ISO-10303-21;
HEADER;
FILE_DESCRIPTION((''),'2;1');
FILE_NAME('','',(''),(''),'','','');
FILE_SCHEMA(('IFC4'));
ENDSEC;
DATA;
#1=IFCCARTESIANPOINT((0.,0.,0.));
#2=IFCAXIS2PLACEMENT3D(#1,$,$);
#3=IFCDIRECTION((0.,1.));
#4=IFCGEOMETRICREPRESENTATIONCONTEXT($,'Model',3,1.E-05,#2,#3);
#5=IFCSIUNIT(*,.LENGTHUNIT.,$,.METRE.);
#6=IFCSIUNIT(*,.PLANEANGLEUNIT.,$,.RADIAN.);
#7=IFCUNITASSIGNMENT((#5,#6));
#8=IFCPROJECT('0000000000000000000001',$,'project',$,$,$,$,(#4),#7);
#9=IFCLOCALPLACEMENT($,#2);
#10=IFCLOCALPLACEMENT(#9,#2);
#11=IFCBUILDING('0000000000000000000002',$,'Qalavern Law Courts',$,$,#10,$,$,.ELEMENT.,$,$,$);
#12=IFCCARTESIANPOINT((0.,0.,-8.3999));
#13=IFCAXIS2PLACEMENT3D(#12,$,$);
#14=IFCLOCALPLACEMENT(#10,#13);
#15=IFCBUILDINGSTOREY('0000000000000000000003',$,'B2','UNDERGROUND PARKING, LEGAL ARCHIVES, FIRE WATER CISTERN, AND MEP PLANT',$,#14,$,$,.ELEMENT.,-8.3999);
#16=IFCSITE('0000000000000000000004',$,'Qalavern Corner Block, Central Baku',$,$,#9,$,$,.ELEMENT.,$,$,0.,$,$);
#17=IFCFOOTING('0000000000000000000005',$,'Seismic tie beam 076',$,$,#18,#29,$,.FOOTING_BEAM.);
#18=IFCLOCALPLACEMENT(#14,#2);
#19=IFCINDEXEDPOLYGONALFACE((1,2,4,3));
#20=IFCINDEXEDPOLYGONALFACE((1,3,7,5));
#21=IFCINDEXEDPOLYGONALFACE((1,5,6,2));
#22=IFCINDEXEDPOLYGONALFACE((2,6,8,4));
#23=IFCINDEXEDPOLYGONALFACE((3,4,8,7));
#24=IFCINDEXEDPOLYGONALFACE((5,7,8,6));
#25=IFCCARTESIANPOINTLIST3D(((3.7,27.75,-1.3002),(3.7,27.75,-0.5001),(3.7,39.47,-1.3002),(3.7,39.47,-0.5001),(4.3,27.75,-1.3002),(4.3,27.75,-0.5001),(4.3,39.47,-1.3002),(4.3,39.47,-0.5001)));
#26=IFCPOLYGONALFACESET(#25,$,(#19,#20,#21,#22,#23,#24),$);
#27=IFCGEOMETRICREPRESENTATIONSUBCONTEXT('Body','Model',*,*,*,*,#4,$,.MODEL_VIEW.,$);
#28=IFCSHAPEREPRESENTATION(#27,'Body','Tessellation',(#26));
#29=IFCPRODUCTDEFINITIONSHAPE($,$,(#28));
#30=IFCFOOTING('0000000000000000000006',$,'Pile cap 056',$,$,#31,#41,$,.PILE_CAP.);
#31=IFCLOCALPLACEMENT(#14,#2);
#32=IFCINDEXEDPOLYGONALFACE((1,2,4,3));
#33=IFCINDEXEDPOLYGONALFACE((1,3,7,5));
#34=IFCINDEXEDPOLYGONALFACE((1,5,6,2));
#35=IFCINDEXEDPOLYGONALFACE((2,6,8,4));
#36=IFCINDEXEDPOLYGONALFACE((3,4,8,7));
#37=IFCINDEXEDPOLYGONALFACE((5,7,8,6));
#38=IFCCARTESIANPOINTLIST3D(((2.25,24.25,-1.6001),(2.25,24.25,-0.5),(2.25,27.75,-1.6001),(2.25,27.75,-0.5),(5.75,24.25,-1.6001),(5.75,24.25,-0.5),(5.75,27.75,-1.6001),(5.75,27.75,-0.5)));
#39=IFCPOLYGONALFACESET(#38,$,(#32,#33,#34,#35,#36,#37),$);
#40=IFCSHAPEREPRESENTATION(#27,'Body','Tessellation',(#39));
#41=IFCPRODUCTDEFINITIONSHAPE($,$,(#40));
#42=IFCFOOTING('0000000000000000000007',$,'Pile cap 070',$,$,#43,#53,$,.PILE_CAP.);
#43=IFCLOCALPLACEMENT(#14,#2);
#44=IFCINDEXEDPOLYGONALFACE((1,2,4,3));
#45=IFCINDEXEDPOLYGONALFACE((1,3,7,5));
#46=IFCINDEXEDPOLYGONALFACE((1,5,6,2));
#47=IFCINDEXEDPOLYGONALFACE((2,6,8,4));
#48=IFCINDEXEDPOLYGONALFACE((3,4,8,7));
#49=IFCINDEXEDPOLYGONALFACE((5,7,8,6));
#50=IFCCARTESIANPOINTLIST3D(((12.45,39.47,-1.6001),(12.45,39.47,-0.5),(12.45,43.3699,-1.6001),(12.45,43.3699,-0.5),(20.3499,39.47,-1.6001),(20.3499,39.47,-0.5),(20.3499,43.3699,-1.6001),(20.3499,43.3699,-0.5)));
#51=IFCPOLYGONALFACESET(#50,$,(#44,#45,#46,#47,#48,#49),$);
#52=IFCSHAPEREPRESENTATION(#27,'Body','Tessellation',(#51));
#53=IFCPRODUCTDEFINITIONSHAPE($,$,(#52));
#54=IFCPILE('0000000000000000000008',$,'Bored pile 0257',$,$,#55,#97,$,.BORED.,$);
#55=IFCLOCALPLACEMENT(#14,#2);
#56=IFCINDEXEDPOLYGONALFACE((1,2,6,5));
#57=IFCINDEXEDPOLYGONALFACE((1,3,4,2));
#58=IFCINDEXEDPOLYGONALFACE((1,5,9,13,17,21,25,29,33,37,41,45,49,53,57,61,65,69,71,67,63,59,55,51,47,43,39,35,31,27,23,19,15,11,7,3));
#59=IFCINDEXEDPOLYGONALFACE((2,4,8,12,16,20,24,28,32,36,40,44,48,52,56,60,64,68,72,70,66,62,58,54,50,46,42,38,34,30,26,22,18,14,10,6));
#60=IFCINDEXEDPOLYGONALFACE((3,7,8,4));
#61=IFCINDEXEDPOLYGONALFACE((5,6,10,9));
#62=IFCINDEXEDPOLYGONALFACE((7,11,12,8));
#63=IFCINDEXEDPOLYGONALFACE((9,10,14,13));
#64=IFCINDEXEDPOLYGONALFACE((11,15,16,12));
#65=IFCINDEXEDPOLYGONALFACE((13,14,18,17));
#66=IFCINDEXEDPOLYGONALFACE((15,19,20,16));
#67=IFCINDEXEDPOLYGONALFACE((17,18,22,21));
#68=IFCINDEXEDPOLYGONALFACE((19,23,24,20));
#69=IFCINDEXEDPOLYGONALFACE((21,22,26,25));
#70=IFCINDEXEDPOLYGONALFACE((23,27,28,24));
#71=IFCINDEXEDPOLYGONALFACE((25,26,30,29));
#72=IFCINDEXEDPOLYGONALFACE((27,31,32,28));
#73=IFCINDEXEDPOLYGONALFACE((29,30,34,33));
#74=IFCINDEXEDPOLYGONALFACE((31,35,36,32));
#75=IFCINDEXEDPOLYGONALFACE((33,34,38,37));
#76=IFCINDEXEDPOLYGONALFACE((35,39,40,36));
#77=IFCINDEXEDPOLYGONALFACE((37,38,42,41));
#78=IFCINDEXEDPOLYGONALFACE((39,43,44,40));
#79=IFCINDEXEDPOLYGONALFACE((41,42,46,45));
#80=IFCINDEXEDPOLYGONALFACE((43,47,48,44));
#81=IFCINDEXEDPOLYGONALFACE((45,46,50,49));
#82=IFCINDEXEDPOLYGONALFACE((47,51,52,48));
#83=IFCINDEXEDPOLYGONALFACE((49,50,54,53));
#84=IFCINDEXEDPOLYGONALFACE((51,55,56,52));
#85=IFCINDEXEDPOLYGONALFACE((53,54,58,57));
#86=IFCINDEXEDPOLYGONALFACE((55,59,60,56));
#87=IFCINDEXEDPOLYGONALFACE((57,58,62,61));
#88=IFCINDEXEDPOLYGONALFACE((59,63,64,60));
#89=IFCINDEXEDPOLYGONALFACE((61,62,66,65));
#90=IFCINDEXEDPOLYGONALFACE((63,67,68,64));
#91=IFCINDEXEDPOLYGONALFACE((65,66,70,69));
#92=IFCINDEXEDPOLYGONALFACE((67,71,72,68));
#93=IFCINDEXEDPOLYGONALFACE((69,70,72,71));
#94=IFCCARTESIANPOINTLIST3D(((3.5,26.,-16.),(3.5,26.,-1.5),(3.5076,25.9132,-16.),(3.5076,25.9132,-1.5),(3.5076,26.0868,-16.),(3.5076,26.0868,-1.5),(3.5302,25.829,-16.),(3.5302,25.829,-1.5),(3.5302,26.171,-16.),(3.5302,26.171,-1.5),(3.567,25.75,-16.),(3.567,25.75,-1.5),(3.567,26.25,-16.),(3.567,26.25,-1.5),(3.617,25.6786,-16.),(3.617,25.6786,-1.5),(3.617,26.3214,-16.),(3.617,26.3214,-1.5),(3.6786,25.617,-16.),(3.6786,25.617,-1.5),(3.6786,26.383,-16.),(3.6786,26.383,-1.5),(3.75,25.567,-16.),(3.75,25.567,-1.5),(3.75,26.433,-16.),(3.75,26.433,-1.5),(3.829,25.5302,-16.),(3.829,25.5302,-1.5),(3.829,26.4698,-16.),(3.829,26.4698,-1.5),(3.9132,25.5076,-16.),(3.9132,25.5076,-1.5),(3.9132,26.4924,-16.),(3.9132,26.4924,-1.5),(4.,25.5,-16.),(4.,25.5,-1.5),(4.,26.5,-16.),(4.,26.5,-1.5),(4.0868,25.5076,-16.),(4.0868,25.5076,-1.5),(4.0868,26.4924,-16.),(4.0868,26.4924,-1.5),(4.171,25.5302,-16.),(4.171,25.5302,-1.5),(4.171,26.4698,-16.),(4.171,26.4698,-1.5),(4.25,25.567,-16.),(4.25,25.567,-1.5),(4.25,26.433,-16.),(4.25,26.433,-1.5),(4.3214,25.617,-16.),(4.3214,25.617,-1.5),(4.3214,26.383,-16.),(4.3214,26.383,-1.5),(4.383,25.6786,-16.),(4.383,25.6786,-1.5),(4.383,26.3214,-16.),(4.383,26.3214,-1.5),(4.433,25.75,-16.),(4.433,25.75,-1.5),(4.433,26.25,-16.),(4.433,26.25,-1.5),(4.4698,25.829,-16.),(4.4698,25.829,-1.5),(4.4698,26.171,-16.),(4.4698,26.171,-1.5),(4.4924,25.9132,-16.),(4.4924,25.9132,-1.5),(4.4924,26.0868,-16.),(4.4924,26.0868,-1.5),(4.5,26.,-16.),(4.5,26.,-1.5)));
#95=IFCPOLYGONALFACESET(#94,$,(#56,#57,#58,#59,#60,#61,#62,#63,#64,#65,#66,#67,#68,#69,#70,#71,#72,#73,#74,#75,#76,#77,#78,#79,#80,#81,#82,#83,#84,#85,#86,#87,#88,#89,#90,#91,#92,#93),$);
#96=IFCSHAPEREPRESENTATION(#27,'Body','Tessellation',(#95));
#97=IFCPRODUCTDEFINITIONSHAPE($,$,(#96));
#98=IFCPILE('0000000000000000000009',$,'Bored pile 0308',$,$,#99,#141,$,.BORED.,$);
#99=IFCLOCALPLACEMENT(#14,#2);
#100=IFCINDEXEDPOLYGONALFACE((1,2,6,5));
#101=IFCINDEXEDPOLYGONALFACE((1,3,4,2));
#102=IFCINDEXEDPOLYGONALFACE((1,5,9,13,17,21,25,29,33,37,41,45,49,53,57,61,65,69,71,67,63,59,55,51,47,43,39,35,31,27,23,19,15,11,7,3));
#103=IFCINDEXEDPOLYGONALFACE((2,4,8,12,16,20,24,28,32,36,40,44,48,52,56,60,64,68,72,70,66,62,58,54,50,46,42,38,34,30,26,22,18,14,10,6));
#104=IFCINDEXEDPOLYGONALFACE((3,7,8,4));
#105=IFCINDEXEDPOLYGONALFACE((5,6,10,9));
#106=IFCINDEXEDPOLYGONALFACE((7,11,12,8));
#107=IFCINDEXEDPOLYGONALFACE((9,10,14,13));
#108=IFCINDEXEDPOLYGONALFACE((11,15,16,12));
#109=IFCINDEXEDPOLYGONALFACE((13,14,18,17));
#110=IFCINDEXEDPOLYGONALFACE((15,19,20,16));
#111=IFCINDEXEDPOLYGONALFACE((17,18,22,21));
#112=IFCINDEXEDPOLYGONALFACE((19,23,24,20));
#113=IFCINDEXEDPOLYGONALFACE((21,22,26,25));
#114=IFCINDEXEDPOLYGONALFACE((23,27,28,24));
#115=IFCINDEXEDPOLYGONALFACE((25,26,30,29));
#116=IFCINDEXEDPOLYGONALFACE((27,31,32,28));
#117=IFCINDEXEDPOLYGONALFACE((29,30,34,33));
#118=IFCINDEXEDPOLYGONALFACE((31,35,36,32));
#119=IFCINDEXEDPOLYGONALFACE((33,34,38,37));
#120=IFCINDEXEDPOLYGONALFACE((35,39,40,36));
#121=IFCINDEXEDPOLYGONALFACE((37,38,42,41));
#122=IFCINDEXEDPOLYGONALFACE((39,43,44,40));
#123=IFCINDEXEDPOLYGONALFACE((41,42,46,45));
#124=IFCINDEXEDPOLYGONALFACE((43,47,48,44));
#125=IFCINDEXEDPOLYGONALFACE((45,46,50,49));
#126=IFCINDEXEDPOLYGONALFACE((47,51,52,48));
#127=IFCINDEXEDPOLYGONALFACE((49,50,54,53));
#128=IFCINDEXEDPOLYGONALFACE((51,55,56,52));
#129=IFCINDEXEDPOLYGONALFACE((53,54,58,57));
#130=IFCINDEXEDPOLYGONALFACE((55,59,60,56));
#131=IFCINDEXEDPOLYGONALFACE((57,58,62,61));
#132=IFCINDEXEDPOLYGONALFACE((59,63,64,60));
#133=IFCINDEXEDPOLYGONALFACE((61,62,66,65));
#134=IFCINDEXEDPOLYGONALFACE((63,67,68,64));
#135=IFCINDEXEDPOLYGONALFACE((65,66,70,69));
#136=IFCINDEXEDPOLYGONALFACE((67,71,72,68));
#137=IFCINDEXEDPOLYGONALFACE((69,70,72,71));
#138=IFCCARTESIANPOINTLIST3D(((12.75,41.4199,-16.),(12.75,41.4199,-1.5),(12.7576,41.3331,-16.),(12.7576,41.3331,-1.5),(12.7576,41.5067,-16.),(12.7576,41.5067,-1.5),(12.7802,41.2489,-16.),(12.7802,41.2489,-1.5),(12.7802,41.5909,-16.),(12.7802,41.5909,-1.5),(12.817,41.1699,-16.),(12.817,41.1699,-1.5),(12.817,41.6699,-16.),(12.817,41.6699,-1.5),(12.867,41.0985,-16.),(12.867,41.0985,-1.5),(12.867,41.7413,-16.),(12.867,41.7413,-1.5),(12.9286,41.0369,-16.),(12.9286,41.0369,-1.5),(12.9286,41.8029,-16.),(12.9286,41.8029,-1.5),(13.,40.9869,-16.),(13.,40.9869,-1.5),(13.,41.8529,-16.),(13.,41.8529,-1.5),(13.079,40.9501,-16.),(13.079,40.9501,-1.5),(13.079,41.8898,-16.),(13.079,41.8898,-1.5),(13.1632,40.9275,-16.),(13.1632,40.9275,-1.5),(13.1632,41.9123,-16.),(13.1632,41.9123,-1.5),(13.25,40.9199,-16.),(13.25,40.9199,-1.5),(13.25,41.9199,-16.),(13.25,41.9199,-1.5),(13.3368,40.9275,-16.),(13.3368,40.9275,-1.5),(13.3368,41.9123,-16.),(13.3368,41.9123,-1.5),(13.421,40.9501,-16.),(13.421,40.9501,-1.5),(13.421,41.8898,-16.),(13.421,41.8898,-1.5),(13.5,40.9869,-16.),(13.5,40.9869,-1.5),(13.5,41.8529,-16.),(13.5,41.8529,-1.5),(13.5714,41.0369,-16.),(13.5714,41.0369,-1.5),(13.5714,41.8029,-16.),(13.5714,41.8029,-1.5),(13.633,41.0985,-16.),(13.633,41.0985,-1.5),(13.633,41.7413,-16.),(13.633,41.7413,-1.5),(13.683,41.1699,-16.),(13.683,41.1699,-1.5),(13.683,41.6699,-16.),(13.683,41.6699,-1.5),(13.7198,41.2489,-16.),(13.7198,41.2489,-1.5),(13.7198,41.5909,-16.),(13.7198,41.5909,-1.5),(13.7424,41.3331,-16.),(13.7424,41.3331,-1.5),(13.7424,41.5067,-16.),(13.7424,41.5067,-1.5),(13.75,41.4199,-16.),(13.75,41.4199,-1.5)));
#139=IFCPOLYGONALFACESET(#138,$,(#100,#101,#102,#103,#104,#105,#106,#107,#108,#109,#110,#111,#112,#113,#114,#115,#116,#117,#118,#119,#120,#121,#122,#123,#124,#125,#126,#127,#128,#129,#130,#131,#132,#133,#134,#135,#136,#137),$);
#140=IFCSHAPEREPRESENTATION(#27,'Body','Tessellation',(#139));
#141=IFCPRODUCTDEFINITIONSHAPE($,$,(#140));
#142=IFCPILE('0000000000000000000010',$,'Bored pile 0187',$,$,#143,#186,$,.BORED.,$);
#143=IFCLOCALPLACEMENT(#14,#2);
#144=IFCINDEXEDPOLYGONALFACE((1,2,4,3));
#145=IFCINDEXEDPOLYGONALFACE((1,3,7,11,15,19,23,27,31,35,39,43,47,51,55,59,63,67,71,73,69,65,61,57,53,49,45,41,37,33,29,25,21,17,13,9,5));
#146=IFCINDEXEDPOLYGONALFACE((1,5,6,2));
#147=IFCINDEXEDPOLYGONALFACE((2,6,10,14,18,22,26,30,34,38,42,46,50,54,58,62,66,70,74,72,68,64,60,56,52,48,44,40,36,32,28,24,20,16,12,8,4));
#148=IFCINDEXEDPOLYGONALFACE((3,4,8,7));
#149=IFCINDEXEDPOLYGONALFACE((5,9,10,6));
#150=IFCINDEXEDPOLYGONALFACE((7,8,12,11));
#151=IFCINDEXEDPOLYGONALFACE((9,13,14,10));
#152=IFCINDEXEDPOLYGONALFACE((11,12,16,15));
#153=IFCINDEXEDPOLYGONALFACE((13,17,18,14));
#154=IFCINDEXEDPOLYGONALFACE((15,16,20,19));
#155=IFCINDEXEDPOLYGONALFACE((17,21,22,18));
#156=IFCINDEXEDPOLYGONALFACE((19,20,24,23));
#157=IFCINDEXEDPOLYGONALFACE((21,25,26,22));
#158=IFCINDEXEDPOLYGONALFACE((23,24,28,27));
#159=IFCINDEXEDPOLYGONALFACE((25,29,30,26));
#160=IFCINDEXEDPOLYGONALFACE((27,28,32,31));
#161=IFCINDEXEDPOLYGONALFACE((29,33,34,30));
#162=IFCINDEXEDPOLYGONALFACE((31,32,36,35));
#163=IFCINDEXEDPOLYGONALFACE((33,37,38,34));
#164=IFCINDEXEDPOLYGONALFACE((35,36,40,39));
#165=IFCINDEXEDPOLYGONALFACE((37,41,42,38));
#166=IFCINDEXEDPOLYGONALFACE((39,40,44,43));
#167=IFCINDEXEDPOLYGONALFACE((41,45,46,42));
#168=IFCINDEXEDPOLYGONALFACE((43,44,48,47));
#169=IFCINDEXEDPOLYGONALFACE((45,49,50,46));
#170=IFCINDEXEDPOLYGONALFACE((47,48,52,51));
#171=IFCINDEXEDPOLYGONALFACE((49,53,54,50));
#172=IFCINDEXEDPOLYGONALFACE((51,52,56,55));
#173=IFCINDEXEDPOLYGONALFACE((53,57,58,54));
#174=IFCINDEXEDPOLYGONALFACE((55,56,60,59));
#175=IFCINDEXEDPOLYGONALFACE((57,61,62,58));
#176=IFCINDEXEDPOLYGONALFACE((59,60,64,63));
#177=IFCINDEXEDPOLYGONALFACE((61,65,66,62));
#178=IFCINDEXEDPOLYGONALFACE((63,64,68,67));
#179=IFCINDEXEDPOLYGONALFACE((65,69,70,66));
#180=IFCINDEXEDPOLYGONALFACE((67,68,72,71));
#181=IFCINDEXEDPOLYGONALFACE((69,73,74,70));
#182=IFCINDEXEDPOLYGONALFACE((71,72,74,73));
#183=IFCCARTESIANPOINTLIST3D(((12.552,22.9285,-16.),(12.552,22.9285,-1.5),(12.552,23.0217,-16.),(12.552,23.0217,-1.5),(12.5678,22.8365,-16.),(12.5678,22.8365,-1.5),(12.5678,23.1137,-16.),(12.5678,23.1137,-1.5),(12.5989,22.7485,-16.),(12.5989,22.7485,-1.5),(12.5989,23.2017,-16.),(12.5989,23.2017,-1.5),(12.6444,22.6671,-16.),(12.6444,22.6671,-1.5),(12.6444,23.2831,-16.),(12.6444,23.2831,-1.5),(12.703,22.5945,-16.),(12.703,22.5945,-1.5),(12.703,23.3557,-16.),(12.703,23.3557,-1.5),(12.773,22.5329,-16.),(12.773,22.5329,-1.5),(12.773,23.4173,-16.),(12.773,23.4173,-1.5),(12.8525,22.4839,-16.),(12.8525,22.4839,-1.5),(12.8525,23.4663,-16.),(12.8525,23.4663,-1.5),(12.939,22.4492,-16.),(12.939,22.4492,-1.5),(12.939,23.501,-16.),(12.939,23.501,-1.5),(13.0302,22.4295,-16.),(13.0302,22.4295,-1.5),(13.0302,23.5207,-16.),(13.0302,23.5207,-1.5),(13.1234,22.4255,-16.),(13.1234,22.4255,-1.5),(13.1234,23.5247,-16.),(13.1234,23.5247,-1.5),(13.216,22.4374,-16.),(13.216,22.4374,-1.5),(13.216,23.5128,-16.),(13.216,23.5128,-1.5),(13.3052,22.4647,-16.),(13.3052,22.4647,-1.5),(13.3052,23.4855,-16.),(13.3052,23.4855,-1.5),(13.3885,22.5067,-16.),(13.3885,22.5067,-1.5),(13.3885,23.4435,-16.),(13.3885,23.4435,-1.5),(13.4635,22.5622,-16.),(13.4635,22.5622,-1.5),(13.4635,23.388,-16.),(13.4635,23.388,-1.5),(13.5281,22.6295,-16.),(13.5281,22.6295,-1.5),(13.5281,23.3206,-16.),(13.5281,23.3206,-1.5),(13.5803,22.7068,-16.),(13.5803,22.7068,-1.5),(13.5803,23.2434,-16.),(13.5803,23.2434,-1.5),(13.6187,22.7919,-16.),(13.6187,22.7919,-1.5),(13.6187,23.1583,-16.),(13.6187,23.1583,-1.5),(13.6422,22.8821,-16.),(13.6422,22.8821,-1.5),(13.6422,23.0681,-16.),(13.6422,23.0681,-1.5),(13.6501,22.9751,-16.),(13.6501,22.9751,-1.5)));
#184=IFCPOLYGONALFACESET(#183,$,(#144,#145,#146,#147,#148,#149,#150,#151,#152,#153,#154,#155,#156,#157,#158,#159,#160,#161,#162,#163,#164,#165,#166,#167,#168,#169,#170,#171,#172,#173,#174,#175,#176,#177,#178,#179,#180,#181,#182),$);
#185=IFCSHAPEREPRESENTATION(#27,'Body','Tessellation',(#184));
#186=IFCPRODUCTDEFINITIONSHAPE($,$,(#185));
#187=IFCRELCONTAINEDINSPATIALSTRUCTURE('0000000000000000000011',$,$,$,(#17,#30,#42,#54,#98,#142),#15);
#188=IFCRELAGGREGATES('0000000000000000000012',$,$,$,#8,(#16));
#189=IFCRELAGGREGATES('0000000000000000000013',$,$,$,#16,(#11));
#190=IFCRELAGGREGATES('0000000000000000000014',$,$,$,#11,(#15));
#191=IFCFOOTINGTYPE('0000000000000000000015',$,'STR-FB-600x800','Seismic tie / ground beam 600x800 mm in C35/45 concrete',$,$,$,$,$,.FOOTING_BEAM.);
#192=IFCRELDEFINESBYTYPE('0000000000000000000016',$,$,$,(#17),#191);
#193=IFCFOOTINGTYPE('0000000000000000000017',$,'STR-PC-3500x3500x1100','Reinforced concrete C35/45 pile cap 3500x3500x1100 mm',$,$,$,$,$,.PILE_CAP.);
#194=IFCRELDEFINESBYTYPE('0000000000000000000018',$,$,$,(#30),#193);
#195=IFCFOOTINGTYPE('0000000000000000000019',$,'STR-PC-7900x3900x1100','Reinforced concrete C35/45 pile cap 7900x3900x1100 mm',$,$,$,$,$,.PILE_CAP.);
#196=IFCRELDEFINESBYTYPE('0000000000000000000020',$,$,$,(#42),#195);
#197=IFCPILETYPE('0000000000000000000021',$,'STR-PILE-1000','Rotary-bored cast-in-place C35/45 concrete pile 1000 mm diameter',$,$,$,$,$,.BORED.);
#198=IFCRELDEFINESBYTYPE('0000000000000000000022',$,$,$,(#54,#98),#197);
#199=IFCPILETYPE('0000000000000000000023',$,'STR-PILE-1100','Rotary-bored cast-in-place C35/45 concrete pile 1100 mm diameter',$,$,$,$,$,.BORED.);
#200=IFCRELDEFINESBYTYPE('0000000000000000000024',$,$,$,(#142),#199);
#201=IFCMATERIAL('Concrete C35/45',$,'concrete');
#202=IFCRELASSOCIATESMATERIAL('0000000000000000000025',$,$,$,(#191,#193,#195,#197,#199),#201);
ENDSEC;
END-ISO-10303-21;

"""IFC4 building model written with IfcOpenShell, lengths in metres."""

from ifc_helpers import new_model, si_unit, direction, frame, origin, origin_2d, place, context, subcontext, project, spatial, rectangle, circle, extrude, material, material_profile, profile_set, type_object, element, save


model = new_model("IFC4")

# Units and contexts
model_context = context("Model", 3, precision=1e-05, world=origin(), true_north=direction((0.0, 1.0)))
body_context = subcontext(model_context, "Body", "Model", "MODEL_VIEW")
ifc_project = project(units=[si_unit("LENGTHUNIT", "METRE"), si_unit("PLANEANGLEUNIT", "RADIAN")], contexts=[model_context])

# Site, building, storey
site_placement = place(None, origin())
site = spatial("IfcSite", under=ifc_project, at=site_placement, Name="Qalavern Corner Block, Central Baku", CompositionType="ELEMENT", RefElevation=0.0)
building_placement = place(site_placement, origin())
building = spatial("IfcBuilding", under=site, at=building_placement, Name="Qalavern Law Courts", CompositionType="ELEMENT")
storey_placement = place(building_placement, frame((0.0, 0.0, -8.3999)))
storey = spatial("IfcBuildingStorey", under=building, at=storey_placement, Name="B2", Description="UNDERGROUND PARKING, LEGAL ARCHIVES, FIRE WATER CISTERN, AND MEP PLANT", CompositionType="ELEMENT", Elevation=-8.3999)

# Footings
ifc_material_1 = material(Name="Concrete C35/45", Category="concrete")
ifc_material_profile_1 = material_profile(ifc_material_1, rectangle(XDim=0.6001, YDim=0.8, at=origin_2d()), Name="RC 600x800")
ifc_profile_set_1 = profile_set([ifc_material_profile_1], Name="Concrete C35/45")
footing_type_1 = type_object("IfcFootingType", Name="STR-FB-600x800", Description="Seismic tie / ground beam 600x800 mm in C35/45 concrete", PredefinedType="FOOTING_BEAM", material=ifc_profile_set_1)
footing_1_placement = place(storey_placement, frame((4.0, 27.75, -0.9001), z_axis=(0.0, 1.0, 0.0), x_axis=(-1.0, 0.0, 0.0)))
element("IfcFooting", 1, at=footing_1_placement, inside=storey, type_object=footing_type_1, Name="Seismic tie beam 076", PredefinedType="FOOTING_BEAM", context=body_context, shape_type="SweptSolid", body=[
    extrude(rectangle(XDim=0.6001, YDim=0.8, at=origin_2d()), origin(), (0.0, 0.0, 1.0), 11.72),
])
footing_type_2 = type_object("IfcFootingType", Name="STR-PC-3500x3500x1100", Description="Reinforced concrete C35/45 pile cap 3500x3500x1100 mm", PredefinedType="PILE_CAP", material=ifc_material_1)
footing_2_placement = place(storey_placement, frame((4.0, 26.0, -1.6001), z_axis=(0.0, 0.0, 1.0), x_axis=(1.0, 0.0, 0.0)))
element("IfcFooting", 2, at=footing_2_placement, inside=storey, type_object=footing_type_2, Name="Pile cap 056", PredefinedType="PILE_CAP", context=body_context, shape_type="SweptSolid", body=[
    extrude(rectangle(XDim=3.5, YDim=3.5, at=origin_2d()), origin(), (0.0, 0.0, 1.0), 1.1001),
])
footing_type_3 = type_object("IfcFootingType", Name="STR-PC-7900x3900x1100", Description="Reinforced concrete C35/45 pile cap 7900x3900x1100 mm", PredefinedType="PILE_CAP", material=ifc_material_1)
footing_3_placement = place(storey_placement, frame((16.3999, 41.4199, -1.6001), z_axis=(0.0, 0.0, 1.0), x_axis=(1.0, 0.0, 0.0)))
element("IfcFooting", 3, at=footing_3_placement, inside=storey, type_object=footing_type_3, Name="Pile cap 070", PredefinedType="PILE_CAP", context=body_context, shape_type="SweptSolid", body=[
    extrude(rectangle(XDim=7.8999, YDim=3.8999, at=origin_2d()), origin(), (0.0, 0.0, 1.0), 1.1001),
])

# Piles
ifc_material_profile_2 = material_profile(ifc_material_1, circle(Radius=0.5, at=origin_2d()), Name="BORED PILE 1000")
ifc_profile_set_2 = profile_set([ifc_material_profile_2], Name="Concrete C35/45")
pile_type_1 = type_object("IfcPileType", Name="STR-PILE-1000", Description="Rotary-bored cast-in-place C35/45 concrete pile 1000 mm diameter", PredefinedType="BORED", material=ifc_profile_set_2)
for number, where, z_axis, x_axis, name in (
    (4, (4.0, 26.0, -1.5), (0.0, 0.0, -1.0), (1.0, 0.0, 0.0), "Bored pile 0257"),
    (5, (13.25, 41.4199, -1.5), (0.0, 0.0, -1.0), (1.0, 0.0, 0.0), "Bored pile 0308"),
):
    element("IfcPile", number, at=place(storey_placement, frame(where, z_axis=z_axis, x_axis=x_axis)), inside=storey, type_object=pile_type_1, Name=name, PredefinedType="BORED", context=body_context, shape_type="SweptSolid", body=[
        extrude(circle(Radius=0.5, at=origin_2d()), origin(), (0.0, 0.0, 1.0), 14.5),
    ])
ifc_material_profile_3 = material_profile(ifc_material_1, circle(Radius=0.55, at=origin_2d()), Name="BORED PILE 1100")
ifc_profile_set_3 = profile_set([ifc_material_profile_3], Name="Concrete C35/45")
pile_type_2 = type_object("IfcPileType", Name="STR-PILE-1100", Description="Rotary-bored cast-in-place C35/45 concrete pile 1100 mm diameter", PredefinedType="BORED", material=ifc_profile_set_3)
for number, where, z_axis, x_axis, name in (
    (6, (13.1001, 22.9751, -1.5), (0.0, 0.0, -1.0), (1.0, 0.0, 0.0), "Bored pile 0187"),
):
    element("IfcPile", number, at=place(storey_placement, frame(where, z_axis=z_axis, x_axis=x_axis)), inside=storey, type_object=pile_type_2, Name=name, PredefinedType="BORED", context=body_context, shape_type="SweptSolid", body=[
        extrude(circle(Radius=0.55, at=origin_2d()), origin(), (0.0, 0.0, 1.0), 14.5),
    ])

save(model, "model.ifc")
